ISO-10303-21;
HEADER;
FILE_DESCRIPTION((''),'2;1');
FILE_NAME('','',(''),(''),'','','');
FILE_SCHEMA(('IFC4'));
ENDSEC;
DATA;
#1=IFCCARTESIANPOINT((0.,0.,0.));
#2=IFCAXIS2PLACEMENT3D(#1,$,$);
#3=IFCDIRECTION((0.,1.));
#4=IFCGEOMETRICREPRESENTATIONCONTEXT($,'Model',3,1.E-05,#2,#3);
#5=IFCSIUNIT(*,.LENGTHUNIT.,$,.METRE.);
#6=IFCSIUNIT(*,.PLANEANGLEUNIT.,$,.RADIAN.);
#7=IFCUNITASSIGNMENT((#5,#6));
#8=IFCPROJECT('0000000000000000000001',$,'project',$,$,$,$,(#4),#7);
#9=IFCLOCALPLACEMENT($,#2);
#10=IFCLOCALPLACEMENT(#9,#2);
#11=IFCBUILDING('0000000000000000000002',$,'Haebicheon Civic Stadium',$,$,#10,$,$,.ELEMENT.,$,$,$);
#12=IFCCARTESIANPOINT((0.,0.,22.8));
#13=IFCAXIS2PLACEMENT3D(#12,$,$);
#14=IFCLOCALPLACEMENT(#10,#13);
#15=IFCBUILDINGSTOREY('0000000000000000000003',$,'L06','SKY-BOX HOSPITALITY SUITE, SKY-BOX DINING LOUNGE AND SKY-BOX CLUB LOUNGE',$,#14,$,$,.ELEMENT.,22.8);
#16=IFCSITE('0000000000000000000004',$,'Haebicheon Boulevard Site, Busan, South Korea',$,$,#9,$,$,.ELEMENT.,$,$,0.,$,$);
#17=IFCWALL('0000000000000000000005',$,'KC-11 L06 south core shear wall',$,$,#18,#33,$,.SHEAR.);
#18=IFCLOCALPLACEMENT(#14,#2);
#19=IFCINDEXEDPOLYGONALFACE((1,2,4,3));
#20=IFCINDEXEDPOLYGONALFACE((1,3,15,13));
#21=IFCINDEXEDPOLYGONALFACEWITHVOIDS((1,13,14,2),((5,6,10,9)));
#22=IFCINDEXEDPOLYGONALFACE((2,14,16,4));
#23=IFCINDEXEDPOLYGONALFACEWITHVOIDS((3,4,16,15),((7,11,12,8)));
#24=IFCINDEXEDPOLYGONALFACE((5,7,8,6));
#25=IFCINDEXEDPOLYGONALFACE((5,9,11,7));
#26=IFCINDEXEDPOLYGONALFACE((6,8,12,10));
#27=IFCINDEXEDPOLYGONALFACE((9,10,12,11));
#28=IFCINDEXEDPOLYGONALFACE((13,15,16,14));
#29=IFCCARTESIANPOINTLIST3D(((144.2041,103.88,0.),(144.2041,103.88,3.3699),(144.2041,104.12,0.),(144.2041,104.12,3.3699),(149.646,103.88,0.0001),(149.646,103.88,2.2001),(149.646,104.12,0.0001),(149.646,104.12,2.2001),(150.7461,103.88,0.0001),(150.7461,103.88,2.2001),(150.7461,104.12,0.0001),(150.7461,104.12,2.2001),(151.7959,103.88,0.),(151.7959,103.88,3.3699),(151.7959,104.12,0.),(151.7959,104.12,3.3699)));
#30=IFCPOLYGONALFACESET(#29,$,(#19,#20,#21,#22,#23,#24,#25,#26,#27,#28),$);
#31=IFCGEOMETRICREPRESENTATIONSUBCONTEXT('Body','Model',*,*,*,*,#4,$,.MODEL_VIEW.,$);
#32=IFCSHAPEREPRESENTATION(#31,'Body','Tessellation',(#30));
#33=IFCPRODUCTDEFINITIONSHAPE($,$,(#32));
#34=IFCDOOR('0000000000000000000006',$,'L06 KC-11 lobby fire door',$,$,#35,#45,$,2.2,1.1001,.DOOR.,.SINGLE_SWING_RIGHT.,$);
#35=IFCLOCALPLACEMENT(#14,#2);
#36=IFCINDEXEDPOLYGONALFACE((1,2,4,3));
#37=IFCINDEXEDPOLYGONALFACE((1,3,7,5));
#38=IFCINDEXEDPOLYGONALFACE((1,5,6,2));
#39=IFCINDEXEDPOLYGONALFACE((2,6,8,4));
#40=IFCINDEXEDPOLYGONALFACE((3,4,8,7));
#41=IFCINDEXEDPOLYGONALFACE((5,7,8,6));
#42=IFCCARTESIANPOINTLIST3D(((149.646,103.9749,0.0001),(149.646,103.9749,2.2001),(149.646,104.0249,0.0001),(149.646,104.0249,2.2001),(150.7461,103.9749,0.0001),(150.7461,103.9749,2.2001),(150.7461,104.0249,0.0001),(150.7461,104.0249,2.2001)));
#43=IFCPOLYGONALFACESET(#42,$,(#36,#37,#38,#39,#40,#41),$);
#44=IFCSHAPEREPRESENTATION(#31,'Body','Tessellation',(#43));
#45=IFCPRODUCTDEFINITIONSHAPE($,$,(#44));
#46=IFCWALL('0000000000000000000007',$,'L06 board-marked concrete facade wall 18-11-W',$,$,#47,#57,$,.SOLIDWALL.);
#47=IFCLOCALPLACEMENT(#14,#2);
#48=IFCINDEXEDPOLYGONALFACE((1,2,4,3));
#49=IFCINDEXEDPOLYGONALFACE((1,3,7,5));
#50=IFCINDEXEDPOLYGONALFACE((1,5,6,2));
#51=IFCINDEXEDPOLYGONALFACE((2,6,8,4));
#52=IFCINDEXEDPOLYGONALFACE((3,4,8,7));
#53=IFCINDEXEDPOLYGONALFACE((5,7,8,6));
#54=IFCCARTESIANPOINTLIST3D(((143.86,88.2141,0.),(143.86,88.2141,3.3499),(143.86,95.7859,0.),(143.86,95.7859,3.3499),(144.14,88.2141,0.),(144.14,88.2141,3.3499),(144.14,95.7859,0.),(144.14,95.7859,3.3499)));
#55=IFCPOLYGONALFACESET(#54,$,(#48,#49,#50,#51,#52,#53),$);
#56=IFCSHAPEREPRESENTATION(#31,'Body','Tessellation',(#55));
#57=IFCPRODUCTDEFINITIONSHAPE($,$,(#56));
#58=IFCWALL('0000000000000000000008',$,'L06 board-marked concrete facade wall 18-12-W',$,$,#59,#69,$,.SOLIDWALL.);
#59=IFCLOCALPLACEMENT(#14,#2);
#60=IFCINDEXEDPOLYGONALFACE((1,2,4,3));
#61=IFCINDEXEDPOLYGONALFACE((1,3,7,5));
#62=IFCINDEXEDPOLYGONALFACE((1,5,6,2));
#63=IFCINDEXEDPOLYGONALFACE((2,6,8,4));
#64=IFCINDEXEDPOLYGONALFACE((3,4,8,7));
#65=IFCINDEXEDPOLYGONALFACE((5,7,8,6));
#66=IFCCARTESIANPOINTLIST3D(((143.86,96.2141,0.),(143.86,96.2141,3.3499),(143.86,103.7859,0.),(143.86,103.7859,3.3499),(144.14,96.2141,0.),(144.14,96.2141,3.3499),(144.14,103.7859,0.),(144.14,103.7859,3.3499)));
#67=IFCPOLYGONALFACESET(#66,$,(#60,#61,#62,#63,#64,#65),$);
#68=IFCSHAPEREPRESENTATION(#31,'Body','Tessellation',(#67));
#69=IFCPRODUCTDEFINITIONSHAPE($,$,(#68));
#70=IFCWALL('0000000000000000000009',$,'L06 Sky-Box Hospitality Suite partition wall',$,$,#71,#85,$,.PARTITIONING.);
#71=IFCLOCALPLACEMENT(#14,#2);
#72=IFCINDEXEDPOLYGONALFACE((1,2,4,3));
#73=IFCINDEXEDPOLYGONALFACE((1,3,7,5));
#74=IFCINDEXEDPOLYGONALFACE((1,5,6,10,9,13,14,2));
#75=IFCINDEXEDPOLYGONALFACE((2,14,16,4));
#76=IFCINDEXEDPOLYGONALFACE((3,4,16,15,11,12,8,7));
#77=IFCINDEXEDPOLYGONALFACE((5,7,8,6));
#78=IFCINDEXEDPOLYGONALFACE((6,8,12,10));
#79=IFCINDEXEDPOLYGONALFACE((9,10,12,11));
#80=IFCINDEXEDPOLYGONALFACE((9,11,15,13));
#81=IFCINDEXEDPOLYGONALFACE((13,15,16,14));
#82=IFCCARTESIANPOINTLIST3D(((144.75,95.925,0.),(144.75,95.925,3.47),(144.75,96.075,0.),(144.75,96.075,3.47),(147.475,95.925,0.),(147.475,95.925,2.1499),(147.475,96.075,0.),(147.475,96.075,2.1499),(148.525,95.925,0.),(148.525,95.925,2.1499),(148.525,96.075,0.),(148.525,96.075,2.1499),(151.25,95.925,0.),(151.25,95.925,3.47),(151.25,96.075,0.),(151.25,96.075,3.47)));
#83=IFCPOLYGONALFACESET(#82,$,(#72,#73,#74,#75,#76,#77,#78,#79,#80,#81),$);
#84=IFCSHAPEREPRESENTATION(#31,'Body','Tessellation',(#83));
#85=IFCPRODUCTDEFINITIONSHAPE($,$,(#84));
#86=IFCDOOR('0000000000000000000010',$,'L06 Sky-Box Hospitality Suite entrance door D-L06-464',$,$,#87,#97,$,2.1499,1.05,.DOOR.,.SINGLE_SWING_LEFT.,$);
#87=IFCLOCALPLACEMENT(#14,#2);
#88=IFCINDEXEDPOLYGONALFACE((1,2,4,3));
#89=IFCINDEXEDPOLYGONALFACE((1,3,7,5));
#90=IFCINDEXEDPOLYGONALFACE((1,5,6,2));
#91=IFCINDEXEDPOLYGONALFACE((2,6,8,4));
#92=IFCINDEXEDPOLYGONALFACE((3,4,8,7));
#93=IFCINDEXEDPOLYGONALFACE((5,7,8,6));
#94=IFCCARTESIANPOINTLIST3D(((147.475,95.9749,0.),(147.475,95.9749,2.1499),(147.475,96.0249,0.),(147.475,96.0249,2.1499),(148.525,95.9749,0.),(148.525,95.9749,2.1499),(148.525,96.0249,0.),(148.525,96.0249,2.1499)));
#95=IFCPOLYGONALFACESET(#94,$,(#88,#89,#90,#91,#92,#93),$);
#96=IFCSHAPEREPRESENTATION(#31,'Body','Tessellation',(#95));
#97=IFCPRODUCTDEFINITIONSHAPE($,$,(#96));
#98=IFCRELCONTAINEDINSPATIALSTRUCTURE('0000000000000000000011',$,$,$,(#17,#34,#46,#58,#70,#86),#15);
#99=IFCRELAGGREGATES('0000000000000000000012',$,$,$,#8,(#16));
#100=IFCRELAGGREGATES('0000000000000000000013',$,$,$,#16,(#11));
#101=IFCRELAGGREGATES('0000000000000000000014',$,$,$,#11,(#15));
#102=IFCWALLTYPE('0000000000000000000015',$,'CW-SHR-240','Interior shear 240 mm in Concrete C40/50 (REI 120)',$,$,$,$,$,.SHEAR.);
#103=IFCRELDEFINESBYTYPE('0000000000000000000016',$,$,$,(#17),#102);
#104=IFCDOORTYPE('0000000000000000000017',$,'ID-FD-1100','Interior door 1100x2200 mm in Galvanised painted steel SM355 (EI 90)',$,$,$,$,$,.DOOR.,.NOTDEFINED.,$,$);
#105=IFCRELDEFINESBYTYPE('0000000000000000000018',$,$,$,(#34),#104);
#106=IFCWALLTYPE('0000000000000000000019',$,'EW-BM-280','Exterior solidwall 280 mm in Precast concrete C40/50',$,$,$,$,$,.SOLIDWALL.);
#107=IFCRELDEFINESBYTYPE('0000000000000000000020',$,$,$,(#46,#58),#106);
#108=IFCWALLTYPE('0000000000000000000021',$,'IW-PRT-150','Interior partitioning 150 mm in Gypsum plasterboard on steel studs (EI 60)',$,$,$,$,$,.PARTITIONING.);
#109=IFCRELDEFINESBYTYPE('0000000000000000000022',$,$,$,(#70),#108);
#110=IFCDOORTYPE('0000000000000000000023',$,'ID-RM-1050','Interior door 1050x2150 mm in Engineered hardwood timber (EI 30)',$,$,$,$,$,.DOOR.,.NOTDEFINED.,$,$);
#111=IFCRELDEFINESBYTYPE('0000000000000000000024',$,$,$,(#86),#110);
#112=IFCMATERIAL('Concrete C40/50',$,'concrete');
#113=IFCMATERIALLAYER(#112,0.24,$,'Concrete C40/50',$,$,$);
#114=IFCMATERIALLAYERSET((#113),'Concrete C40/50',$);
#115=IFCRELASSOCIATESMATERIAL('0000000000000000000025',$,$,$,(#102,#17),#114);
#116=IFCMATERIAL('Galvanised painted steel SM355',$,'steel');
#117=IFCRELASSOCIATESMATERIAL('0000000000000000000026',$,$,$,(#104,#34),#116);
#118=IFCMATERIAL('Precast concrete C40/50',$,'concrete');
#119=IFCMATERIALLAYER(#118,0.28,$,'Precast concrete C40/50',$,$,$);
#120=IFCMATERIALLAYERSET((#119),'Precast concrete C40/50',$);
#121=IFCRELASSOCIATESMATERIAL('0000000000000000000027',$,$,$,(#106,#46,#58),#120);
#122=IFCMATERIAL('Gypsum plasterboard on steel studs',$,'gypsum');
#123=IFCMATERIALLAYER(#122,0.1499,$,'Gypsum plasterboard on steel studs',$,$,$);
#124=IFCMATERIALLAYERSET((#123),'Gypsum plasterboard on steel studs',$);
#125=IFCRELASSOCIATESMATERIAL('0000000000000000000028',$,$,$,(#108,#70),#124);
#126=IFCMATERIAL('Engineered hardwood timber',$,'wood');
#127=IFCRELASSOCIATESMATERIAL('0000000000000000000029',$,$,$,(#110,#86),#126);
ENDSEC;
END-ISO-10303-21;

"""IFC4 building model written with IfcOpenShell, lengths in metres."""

from ifc_helpers import new_model, si_unit, direction, frame, frame_2d, origin, place, context, subcontext, project, spatial, rectangle, extrude, material, layer, layer_set, type_object, element, fill, save


model = new_model("IFC4")

# Units and contexts
model_context = context("Model", 3, precision=1e-05, world=origin(), true_north=direction((0.0, 1.0)))
body_context = subcontext(model_context, "Body", "Model", "MODEL_VIEW")
ifc_project = project(units=[si_unit("LENGTHUNIT", "METRE"), si_unit("PLANEANGLEUNIT", "RADIAN")], contexts=[model_context])

# Site, building, storey
site_placement = place(None, origin())
site = spatial("IfcSite", under=ifc_project, at=site_placement, Name="Haebicheon Boulevard Site, Busan, South Korea", CompositionType="ELEMENT", RefElevation=0.0)
building_placement = place(site_placement, origin())
building = spatial("IfcBuilding", under=site, at=building_placement, Name="Haebicheon Civic Stadium", CompositionType="ELEMENT")
storey_placement = place(building_placement, frame((0.0, 0.0, 22.8)))
storey = spatial("IfcBuildingStorey", under=building, at=storey_placement, Name="L06", Description="SKY-BOX HOSPITALITY SUITE, SKY-BOX DINING LOUNGE AND SKY-BOX CLUB LOUNGE", CompositionType="ELEMENT", Elevation=22.8)

# Wall, opening, door
ifc_material_1 = material(Name="Concrete C40/50", Category="concrete")
ifc_layer_1 = layer(ifc_material_1, 0.24, Name="Concrete C40/50")
ifc_layer_set_1 = layer_set([ifc_layer_1], Name="Concrete C40/50")
wall_type_1 = type_object("IfcWallType", Name="CW-SHR-240", Description="Interior shear 240 mm in Concrete C40/50 (REI 120)", PredefinedType="SHEAR", material=ifc_layer_set_1)
wall_1_placement = place(storey_placement, frame((144.2041, 104.0, 0.0), z_axis=(0.0, 0.0, 1.0), x_axis=(1.0, 0.0, 0.0)))
wall_1 = element("IfcWall", 1, at=wall_1_placement, inside=storey, type_object=wall_type_1, material=ifc_layer_set_1, Name="KC-11 L06 south core shear wall", PredefinedType="SHEAR", context=body_context, shape_type="SweptSolid", body=[
    extrude(rectangle(XDim=7.5918, YDim=0.24, at=frame_2d((3.7959, 0.0))), origin(), (0.0, 0.0, 1.0), 3.3699),
])
opening_1_placement = place(wall_1_placement, frame((5.4419, 0.0, 0.0)))
opening_1 = element("IfcOpeningElement", 2, at=opening_1_placement, cuts=wall_1, PredefinedType="OPENING", context=body_context, shape_type="SweptSolid", body=[
    extrude(rectangle(XDim=1.1001, YDim=2.2, at=frame_2d((0.55, 1.1001))), frame((0.0, 0.1299, 0.0), z_axis=(0.0, -1.0, 0.0), x_axis=(1.0, 0.0, 0.0)), (0.0, 0.0, 1.0), 0.26),
])
ifc_material_2 = material(Name="Galvanised painted steel SM355", Category="steel")
door_type_1 = type_object("IfcDoorType", Name="ID-FD-1100", Description="Interior door 1100x2200 mm in Galvanised painted steel SM355 (EI 90)", OperationType="NOTDEFINED", PredefinedType="DOOR", material=ifc_material_2)
door_1_placement = place(opening_1_placement, origin())
door_1 = element("IfcDoor", 3, at=door_1_placement, inside=storey, type_object=door_type_1, material=ifc_material_2, Name="L06 KC-11 lobby fire door", OperationType="SINGLE_SWING_RIGHT", OverallHeight=2.2, OverallWidth=1.1001, PredefinedType="DOOR", context=body_context, shape_type="SweptSolid", body=[
    extrude(rectangle(XDim=1.1001, YDim=2.2, at=frame_2d((0.55, 1.1001))), frame((0.0, 0.0249, 0.0), z_axis=(0.0, -1.0, 0.0), x_axis=(1.0, 0.0, 0.0)), (0.0, 0.0, 1.0), 0.05),
])
fill(opening_1, door_1)

# Walls
ifc_material_3 = material(Name="Precast concrete C40/50", Category="concrete")
ifc_layer_2 = layer(ifc_material_3, 0.28, Name="Precast concrete C40/50")
ifc_layer_set_2 = layer_set([ifc_layer_2], Name="Precast concrete C40/50")
wall_type_2 = type_object("IfcWallType", Name="EW-BM-280", Description="Exterior solidwall 280 mm in Precast concrete C40/50", PredefinedType="SOLIDWALL", material=ifc_layer_set_2)
for number, where, z_axis, x_axis, name in (
    (4, (144.0, 88.2141, 0.0), (0.0, 0.0, 1.0), (0.0, 1.0, 0.0), "L06 board-marked concrete facade wall 18-11-W"),
    (5, (144.0, 96.2141, 0.0), (0.0, 0.0, 1.0), (0.0, 1.0, 0.0), "L06 board-marked concrete facade wall 18-12-W"),
):
    element("IfcWall", number, at=place(storey_placement, frame(where, z_axis=z_axis, x_axis=x_axis)), inside=storey, type_object=wall_type_2, material=ifc_layer_set_2, Name=name, PredefinedType="SOLIDWALL", context=body_context, shape_type="SweptSolid", body=[
        extrude(rectangle(XDim=7.5718, YDim=0.28, at=frame_2d((3.7859, 0.0))), origin(), (0.0, 0.0, 1.0), 3.3499),
    ])

# Wall, opening, door
ifc_material_4 = material(Name="Gypsum plasterboard on steel studs", Category="gypsum")
ifc_layer_3 = layer(ifc_material_4, 0.1499, Name="Gypsum plasterboard on steel studs")
ifc_layer_set_3 = layer_set([ifc_layer_3], Name="Gypsum plasterboard on steel studs")
wall_type_3 = type_object("IfcWallType", Name="IW-PRT-150", Description="Interior partitioning 150 mm in Gypsum plasterboard on steel studs (EI 60)", PredefinedType="PARTITIONING", material=ifc_layer_set_3)
wall_2_placement = place(storey_placement, frame((144.75, 96.0, 0.0), z_axis=(0.0, 0.0, 1.0), x_axis=(1.0, 0.0, 0.0)))
wall_2 = element("IfcWall", 6, at=wall_2_placement, inside=storey, type_object=wall_type_3, material=ifc_layer_set_3, Name="L06 Sky-Box Hospitality Suite partition wall", PredefinedType="PARTITIONING", context=body_context, shape_type="SweptSolid", body=[
    extrude(rectangle(XDim=6.5, YDim=0.1499, at=frame_2d((3.25, 0.0))), origin(), (0.0, 0.0, 1.0), 3.47),
])
opening_2_placement = place(wall_2_placement, frame((2.7251, 0.0, 0.0)))
opening_2 = element("IfcOpeningElement", 7, at=opening_2_placement, cuts=wall_2, PredefinedType="OPENING", context=body_context, shape_type="SweptSolid", body=[
    extrude(rectangle(XDim=1.05, YDim=2.1499, at=frame_2d((0.5249, 1.075))), frame((0.0, 0.085, 0.0), z_axis=(0.0, -1.0, 0.0), x_axis=(1.0, 0.0, 0.0)), (0.0, 0.0, 1.0), 0.1699),
])
ifc_material_5 = material(Name="Engineered hardwood timber", Category="wood")
door_type_2 = type_object("IfcDoorType", Name="ID-RM-1050", Description="Interior door 1050x2150 mm in Engineered hardwood timber (EI 30)", OperationType="NOTDEFINED", PredefinedType="DOOR", material=ifc_material_5)
door_2_placement = place(opening_2_placement, origin())
door_2 = element("IfcDoor", 8, at=door_2_placement, inside=storey, type_object=door_type_2, material=ifc_material_5, Name="L06 Sky-Box Hospitality Suite entrance door D-L06-464", OperationType="SINGLE_SWING_LEFT", OverallHeight=2.1499, OverallWidth=1.05, PredefinedType="DOOR", context=body_context, shape_type="SweptSolid", body=[
    extrude(rectangle(XDim=1.05, YDim=2.1499, at=frame_2d((0.5249, 1.075))), frame((0.0, 0.0249, 0.0), z_axis=(0.0, -1.0, 0.0), x_axis=(1.0, 0.0, 0.0)), (0.0, 0.0, 1.0), 0.05),
])
fill(opening_2, door_2)

save(model, "model.ifc")
